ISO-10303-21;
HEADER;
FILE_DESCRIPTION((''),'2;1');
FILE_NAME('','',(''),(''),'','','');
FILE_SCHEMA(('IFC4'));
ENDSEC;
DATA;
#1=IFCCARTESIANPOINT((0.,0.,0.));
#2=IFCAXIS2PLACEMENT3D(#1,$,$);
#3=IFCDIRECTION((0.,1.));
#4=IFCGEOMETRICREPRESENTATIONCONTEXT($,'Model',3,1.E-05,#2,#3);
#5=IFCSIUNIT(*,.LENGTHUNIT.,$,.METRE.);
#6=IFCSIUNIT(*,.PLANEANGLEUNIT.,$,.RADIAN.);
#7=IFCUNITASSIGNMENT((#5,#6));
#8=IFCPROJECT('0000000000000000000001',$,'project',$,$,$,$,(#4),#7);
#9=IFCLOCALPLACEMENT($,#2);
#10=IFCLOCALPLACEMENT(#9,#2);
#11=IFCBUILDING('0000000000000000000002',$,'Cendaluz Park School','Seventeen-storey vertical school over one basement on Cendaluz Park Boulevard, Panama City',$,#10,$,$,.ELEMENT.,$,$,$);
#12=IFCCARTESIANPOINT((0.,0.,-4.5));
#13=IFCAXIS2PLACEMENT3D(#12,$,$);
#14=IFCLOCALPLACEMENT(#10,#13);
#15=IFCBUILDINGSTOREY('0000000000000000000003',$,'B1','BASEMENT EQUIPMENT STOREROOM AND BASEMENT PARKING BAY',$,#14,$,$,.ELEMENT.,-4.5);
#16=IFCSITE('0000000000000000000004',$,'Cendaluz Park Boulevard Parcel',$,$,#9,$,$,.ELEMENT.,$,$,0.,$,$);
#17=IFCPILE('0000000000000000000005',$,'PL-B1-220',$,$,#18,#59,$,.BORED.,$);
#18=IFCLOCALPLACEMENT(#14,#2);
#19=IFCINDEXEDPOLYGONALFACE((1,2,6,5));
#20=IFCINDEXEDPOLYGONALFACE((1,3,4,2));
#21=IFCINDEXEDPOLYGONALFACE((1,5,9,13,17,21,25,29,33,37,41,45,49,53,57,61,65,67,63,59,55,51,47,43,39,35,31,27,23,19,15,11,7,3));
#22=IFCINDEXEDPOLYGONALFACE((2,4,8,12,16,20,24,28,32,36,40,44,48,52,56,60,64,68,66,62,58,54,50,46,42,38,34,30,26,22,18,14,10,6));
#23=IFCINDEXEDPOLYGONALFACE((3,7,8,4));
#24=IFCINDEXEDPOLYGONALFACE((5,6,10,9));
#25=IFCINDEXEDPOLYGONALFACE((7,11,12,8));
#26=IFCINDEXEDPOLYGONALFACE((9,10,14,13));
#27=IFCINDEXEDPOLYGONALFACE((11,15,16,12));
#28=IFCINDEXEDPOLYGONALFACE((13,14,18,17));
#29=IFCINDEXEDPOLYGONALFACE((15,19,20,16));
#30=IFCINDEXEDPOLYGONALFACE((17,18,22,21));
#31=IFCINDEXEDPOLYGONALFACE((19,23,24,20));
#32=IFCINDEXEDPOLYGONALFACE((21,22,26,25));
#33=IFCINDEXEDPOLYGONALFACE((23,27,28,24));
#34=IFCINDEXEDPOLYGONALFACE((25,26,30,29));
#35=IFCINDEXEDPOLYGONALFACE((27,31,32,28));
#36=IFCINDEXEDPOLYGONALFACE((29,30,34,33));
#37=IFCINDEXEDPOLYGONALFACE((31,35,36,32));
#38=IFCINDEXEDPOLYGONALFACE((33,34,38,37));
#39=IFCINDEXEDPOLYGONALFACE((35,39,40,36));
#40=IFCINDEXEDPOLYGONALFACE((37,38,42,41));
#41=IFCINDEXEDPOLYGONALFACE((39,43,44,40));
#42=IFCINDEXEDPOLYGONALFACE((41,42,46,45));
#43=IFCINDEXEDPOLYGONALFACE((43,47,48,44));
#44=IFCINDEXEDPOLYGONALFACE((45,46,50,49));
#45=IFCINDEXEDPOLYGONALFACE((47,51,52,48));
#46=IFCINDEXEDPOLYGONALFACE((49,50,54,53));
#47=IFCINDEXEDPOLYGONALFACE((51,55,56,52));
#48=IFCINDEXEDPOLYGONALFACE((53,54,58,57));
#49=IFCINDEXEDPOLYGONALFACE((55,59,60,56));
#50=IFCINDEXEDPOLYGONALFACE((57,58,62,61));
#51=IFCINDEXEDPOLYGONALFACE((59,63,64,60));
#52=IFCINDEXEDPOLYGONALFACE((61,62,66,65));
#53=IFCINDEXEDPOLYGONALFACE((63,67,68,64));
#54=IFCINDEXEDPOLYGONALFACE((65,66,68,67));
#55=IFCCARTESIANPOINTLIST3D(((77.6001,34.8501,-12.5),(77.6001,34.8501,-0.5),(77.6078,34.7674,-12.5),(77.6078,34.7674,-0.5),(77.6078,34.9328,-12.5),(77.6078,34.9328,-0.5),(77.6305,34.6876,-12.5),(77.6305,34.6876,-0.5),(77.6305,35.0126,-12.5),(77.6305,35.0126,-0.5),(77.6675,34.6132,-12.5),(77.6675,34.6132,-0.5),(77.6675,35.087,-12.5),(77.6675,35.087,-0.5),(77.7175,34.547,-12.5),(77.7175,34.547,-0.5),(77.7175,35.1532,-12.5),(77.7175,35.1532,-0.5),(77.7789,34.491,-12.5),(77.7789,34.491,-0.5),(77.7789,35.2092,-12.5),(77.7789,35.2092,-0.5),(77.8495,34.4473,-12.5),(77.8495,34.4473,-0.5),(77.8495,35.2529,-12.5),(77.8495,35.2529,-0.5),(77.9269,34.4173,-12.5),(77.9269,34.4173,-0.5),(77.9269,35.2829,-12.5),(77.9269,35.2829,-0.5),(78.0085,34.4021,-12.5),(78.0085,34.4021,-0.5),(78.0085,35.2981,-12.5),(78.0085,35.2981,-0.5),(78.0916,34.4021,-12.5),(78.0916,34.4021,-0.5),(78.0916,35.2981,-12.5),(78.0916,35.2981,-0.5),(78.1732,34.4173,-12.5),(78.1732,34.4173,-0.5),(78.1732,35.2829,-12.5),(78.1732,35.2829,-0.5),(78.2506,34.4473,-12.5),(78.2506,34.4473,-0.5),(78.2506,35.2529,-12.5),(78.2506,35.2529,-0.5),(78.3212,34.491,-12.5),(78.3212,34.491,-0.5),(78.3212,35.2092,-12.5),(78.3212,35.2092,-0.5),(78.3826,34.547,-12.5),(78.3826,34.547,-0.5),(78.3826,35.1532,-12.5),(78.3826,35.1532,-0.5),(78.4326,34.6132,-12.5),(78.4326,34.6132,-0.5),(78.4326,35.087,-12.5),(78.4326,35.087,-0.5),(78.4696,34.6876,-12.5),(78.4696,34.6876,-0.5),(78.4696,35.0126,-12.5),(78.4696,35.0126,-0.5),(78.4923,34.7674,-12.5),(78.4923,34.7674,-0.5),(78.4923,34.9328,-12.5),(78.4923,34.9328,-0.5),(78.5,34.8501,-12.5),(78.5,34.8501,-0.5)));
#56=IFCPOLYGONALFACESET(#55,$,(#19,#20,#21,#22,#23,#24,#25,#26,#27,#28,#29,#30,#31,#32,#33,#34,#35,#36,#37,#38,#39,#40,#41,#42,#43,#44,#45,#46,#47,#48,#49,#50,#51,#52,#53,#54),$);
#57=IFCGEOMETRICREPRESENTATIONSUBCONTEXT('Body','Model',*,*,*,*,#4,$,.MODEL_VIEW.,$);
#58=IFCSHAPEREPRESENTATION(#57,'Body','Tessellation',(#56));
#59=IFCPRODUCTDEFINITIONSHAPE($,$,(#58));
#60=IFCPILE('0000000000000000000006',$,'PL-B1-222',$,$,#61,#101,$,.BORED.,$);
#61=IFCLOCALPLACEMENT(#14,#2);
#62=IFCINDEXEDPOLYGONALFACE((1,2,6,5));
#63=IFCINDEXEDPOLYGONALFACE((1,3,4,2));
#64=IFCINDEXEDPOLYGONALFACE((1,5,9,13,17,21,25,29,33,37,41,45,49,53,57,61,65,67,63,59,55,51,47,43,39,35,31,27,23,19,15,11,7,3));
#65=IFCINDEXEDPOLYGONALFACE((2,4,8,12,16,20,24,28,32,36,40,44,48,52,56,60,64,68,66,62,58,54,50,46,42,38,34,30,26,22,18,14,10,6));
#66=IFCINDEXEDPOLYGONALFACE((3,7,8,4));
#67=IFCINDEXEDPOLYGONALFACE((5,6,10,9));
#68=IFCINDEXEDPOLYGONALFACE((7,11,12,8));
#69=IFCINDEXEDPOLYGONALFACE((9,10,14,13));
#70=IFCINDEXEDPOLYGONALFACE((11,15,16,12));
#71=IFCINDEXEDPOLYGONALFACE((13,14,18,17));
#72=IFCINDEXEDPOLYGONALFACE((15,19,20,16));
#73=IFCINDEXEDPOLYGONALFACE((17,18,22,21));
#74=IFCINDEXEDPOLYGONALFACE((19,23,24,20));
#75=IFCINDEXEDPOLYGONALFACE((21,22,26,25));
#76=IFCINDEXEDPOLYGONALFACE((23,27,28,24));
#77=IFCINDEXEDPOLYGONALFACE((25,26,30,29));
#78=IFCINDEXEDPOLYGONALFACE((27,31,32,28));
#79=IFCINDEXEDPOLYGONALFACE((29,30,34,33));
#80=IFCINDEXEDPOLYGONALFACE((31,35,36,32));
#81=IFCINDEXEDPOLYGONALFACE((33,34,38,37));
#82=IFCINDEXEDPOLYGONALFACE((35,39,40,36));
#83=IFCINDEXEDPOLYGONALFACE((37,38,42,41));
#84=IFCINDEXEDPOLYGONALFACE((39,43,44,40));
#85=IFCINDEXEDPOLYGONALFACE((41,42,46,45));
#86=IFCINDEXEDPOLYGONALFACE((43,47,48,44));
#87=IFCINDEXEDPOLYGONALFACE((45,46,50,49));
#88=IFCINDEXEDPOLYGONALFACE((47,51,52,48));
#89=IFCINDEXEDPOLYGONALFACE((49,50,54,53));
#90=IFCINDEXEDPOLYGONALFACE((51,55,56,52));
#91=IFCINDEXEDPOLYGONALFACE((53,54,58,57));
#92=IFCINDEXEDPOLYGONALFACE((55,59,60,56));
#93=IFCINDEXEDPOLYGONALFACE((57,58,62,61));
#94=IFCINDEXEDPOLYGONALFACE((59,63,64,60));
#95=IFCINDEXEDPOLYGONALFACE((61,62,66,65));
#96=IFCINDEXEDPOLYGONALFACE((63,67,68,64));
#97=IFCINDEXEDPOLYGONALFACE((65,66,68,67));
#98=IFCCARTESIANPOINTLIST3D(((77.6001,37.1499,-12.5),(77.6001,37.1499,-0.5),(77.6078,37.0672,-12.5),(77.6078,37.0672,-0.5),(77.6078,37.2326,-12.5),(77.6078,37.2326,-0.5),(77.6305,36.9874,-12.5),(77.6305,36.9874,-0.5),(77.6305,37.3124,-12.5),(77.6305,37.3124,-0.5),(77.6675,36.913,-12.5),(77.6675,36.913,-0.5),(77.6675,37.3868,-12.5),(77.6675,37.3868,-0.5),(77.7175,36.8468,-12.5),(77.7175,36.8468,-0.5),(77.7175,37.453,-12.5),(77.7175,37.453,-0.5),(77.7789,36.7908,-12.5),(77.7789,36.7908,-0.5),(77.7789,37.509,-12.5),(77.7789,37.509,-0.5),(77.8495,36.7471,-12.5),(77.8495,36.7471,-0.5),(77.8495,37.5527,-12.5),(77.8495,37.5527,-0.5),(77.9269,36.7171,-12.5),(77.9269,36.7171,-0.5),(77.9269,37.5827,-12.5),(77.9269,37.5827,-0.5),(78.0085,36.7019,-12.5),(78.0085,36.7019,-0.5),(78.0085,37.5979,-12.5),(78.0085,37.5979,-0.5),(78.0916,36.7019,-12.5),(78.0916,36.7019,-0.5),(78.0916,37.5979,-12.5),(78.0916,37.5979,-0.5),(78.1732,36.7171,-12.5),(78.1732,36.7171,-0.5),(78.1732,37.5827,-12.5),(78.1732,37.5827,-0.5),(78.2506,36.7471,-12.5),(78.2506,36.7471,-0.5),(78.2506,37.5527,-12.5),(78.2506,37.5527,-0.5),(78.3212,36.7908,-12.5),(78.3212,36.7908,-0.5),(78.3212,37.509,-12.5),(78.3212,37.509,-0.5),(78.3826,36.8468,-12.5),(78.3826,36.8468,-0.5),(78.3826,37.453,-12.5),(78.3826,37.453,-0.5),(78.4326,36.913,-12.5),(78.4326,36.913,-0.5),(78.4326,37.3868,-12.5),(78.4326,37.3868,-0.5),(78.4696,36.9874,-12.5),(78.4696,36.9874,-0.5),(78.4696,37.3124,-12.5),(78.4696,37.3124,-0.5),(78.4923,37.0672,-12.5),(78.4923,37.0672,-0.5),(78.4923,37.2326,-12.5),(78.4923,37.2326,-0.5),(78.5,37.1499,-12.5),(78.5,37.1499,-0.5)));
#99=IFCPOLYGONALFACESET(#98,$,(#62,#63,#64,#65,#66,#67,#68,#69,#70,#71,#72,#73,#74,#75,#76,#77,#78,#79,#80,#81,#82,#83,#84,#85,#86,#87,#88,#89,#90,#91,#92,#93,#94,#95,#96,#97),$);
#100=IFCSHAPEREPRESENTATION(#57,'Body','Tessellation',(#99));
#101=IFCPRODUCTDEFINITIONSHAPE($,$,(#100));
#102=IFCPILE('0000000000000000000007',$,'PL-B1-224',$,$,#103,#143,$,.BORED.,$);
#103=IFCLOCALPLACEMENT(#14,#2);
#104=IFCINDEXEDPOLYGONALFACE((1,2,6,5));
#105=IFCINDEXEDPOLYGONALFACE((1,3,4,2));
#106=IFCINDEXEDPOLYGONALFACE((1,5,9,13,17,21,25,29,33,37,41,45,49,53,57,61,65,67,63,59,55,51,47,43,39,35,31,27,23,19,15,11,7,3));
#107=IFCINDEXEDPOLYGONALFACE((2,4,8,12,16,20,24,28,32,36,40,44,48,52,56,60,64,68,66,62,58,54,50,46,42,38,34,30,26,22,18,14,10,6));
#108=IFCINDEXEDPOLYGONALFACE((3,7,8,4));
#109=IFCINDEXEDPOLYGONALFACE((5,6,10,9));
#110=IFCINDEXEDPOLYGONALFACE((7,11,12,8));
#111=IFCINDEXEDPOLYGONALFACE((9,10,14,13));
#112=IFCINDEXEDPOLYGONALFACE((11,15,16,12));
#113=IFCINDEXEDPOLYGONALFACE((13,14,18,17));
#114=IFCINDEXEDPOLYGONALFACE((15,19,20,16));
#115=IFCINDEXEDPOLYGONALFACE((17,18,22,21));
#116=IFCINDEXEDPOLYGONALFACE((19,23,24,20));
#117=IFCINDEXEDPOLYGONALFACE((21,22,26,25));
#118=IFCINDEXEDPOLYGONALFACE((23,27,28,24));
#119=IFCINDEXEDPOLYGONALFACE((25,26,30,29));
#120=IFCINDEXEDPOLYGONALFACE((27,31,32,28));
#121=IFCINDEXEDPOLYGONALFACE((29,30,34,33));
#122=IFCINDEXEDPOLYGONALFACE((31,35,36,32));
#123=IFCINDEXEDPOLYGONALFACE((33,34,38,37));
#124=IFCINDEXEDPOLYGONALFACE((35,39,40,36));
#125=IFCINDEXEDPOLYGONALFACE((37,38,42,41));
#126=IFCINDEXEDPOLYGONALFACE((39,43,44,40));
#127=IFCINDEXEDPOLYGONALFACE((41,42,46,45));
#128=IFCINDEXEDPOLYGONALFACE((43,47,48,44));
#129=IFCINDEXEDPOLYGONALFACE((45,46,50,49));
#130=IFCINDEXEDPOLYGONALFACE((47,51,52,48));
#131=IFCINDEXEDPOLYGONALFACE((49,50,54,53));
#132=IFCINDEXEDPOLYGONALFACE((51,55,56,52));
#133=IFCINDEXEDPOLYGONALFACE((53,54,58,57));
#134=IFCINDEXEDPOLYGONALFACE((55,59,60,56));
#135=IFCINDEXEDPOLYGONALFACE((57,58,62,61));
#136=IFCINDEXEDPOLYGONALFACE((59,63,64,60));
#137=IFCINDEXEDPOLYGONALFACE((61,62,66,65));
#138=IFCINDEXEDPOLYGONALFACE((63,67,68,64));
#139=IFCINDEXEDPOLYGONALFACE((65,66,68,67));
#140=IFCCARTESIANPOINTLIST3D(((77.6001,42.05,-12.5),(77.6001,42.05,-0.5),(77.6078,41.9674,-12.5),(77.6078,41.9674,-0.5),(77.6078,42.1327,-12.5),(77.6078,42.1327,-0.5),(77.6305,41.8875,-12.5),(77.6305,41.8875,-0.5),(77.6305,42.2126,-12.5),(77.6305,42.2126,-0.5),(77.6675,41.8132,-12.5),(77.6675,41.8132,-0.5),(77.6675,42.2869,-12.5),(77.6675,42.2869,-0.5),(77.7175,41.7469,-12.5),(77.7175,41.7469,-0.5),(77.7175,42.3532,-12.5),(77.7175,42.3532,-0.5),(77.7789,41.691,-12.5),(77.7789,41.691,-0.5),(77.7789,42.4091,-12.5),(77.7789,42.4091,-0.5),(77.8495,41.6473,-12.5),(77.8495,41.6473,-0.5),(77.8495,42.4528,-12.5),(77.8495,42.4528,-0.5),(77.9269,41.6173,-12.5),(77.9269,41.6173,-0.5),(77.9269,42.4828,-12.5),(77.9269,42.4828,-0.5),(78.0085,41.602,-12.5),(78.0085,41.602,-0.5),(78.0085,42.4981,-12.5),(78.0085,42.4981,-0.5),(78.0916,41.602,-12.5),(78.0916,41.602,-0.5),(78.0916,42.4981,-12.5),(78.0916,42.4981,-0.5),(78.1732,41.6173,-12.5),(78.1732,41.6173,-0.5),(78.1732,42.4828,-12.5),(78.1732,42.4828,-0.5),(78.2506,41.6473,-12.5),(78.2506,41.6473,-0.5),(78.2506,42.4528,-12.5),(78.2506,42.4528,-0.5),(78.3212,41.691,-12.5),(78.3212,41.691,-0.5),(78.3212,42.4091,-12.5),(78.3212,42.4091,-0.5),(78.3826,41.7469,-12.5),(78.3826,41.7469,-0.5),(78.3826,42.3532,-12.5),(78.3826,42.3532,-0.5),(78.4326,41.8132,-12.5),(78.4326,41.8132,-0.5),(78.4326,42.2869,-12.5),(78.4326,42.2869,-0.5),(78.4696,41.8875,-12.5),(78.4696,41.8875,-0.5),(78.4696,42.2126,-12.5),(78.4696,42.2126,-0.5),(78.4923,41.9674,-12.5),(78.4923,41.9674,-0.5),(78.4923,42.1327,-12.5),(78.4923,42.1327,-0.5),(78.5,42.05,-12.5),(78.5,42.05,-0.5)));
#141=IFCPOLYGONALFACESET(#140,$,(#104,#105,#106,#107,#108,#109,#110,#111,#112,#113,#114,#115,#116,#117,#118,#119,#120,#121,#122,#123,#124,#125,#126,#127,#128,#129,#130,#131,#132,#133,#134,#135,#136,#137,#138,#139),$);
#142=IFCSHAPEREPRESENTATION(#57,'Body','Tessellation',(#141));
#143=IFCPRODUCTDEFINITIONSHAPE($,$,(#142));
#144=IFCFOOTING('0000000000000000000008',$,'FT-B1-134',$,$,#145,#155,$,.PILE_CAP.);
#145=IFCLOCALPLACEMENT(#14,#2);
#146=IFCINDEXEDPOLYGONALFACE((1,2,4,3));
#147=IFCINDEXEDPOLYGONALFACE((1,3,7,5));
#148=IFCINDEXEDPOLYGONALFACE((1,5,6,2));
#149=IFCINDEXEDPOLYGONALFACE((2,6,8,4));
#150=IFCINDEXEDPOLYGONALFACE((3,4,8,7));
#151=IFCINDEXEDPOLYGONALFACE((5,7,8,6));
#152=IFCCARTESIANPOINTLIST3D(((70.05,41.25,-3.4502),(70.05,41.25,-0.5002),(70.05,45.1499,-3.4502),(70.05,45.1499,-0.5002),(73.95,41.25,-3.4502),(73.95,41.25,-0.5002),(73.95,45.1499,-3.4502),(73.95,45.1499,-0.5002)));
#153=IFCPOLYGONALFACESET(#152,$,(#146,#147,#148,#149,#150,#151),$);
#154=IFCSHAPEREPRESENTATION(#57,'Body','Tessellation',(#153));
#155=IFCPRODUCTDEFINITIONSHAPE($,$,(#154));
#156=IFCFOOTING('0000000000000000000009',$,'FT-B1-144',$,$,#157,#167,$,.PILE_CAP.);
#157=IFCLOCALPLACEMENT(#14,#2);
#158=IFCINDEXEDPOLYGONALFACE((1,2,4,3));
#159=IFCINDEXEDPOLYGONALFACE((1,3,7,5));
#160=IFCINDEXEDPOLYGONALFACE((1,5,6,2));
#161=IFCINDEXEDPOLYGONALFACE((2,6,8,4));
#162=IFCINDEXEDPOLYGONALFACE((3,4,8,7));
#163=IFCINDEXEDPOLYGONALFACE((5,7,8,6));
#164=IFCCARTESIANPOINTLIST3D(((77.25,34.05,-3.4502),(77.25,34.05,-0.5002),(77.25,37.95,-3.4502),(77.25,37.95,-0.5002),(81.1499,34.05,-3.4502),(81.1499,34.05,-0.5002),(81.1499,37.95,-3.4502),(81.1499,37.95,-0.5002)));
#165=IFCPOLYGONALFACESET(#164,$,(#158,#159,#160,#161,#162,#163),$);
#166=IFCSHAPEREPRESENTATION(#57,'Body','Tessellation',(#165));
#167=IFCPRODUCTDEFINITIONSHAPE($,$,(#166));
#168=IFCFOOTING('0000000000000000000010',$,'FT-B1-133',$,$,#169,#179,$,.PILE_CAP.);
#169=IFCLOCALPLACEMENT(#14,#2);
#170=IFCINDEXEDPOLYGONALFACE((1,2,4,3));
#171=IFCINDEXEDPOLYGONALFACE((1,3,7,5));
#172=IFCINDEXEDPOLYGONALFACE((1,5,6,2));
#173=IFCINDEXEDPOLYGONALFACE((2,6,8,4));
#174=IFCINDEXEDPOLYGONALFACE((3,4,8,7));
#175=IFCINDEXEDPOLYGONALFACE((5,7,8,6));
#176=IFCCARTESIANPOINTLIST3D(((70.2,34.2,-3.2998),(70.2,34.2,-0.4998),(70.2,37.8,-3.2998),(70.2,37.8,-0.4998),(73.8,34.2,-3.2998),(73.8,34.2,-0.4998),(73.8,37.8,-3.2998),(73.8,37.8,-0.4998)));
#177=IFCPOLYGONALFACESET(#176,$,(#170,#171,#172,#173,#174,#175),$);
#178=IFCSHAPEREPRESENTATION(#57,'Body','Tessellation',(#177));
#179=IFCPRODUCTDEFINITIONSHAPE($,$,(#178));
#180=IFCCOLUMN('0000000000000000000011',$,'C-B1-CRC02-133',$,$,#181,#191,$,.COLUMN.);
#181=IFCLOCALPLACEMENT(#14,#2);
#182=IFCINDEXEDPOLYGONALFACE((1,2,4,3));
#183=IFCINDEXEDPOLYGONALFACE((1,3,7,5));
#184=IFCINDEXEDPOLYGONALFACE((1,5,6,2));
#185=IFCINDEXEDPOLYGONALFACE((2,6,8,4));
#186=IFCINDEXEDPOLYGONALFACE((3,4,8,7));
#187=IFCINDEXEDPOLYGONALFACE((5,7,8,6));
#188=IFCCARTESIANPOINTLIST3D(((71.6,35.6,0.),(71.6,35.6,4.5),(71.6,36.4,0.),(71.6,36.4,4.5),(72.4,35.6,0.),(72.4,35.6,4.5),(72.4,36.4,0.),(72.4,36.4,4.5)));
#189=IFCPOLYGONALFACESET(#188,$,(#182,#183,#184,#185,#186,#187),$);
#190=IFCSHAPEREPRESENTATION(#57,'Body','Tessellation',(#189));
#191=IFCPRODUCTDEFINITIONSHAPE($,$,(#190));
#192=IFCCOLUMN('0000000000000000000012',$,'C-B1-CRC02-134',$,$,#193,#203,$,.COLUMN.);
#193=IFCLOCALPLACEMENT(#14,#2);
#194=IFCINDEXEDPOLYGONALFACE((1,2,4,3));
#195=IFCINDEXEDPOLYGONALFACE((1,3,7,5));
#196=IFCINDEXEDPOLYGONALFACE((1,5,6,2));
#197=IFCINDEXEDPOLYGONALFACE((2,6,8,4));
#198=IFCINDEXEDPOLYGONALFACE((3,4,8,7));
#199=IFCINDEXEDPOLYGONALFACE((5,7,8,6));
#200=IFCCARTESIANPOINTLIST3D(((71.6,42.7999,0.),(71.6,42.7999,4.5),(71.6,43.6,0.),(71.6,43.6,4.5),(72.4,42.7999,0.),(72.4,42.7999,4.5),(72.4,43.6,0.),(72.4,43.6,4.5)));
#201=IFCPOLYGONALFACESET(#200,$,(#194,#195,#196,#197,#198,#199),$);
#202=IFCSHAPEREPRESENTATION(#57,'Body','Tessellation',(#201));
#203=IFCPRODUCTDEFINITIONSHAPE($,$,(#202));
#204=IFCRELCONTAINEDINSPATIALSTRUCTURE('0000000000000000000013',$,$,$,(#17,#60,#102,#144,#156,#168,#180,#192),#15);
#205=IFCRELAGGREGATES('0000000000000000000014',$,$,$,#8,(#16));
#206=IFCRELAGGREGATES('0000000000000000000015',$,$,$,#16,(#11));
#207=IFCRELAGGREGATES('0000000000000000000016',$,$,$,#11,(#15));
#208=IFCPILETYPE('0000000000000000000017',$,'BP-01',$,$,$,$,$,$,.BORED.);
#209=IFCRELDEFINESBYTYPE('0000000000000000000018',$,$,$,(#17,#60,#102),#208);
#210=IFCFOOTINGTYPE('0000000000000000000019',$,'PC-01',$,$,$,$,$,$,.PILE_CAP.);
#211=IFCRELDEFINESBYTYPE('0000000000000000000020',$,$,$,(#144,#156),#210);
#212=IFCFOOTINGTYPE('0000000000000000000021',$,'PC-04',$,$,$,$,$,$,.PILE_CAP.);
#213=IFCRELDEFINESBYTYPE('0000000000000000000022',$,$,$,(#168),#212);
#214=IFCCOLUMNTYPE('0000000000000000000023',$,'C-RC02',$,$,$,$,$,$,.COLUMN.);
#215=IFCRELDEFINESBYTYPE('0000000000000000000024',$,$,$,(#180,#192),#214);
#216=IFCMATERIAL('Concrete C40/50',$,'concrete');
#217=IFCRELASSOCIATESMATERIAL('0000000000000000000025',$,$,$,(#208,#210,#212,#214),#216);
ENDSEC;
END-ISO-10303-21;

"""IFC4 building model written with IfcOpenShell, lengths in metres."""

from ifc_helpers import new_model, si_unit, direction, frame, origin, origin_2d, place, context, subcontext, project, spatial, rectangle, circle, extrude, material, material_profile, profile_set, type_object, element, save


model = new_model("IFC4")

# Units and contexts
model_context = context("Model", 3, precision=1e-05, world=origin(), true_north=direction((0.0, 1.0)))
body_context = subcontext(model_context, "Body", "Model", "MODEL_VIEW")
ifc_project = project(units=[si_unit("LENGTHUNIT", "METRE"), si_unit("PLANEANGLEUNIT", "RADIAN")], contexts=[model_context])

# Site, building, storey
site_placement = place(None, origin())
site = spatial("IfcSite", under=ifc_project, at=site_placement, Name="Cendaluz Park Boulevard Parcel", CompositionType="ELEMENT", RefElevation=0.0)
building_placement = place(site_placement, origin())
building = spatial("IfcBuilding", under=site, at=building_placement, Name="Cendaluz Park School", Description="Seventeen-storey vertical school over one basement on Cendaluz Park Boulevard, Panama City", CompositionType="ELEMENT")
storey_placement = place(building_placement, frame((0.0, 0.0, -4.5)))
storey = spatial("IfcBuildingStorey", under=building, at=storey_placement, Name="B1", Description="BASEMENT EQUIPMENT STOREROOM AND BASEMENT PARKING BAY", CompositionType="ELEMENT", Elevation=-4.5)

# Piles
ifc_material_1 = material(Name="Concrete C40/50", Category="concrete")
ifc_material_profile_1 = material_profile(ifc_material_1, circle(Radius=0.45, at=origin_2d()), Name="BP D900", Category="concrete")
ifc_profile_set_1 = profile_set([ifc_material_profile_1], Name="Concrete C40/50")
pile_type = type_object("IfcPileType", Name="BP-01", PredefinedType="BORED", material=ifc_profile_set_1)
for number, where, z_axis, x_axis, name in (
    (1, (78.05, 34.8501, -0.5), (0.0, 0.0, -1.0), (1.0, 0.0, 0.0), "PL-B1-220"),
    (2, (78.05, 37.1499, -0.5), (0.0, 0.0, -1.0), (1.0, 0.0, 0.0), "PL-B1-222"),
    (3, (78.05, 42.05, -0.5), (0.0, 0.0, -1.0), (1.0, 0.0, 0.0), "PL-B1-224"),
):
    element("IfcPile", number, at=place(storey_placement, frame(where, z_axis=z_axis, x_axis=x_axis)), inside=storey, type_object=pile_type, Name=name, PredefinedType="BORED", context=body_context, shape_type="SweptSolid", body=[
        extrude(circle(Radius=0.45, at=origin_2d()), origin(), (0.0, 0.0, 1.0), 12.0),
    ])

# Footings
footing_type_1 = type_object("IfcFootingType", Name="PC-01", PredefinedType="PILE_CAP", material=ifc_material_1)
for number, where, z_axis, x_axis, name in (
    (4, (72.0, 43.2, -3.4502), (0.0, 0.0, 1.0), (1.0, 0.0, 0.0), "FT-B1-134"),
    (5, (79.2, 36.0, -3.4502), (0.0, 0.0, 1.0), (1.0, 0.0, 0.0), "FT-B1-144"),
):
    element("IfcFooting", number, at=place(storey_placement, frame(where, z_axis=z_axis, x_axis=x_axis)), inside=storey, type_object=footing_type_1, Name=name, PredefinedType="PILE_CAP", context=body_context, shape_type="SweptSolid", body=[
        extrude(rectangle(XDim=3.8999, YDim=3.8999, at=origin_2d()), origin(), (0.0, 0.0, 1.0), 2.95),
    ])
footing_type_2 = type_object("IfcFootingType", Name="PC-04", PredefinedType="PILE_CAP", material=ifc_material_1)
footing_placement = place(storey_placement, frame((72.0, 36.0, -3.2998), z_axis=(0.0, 0.0, 1.0), x_axis=(1.0, 0.0, 0.0)))
element("IfcFooting", 6, at=footing_placement, inside=storey, type_object=footing_type_2, Name="FT-B1-133", PredefinedType="PILE_CAP", context=body_context, shape_type="SweptSolid", body=[
    extrude(rectangle(XDim=3.6001, YDim=3.6001, at=origin_2d()), origin(), (0.0, 0.0, 1.0), 2.8),
])

# Columns
ifc_material_profile_2 = material_profile(ifc_material_1, rectangle(XDim=0.8, YDim=0.8, at=origin_2d()), Name="RC 800x800", Category="concrete")
ifc_profile_set_2 = profile_set([ifc_material_profile_2], Name="Concrete C40/50")
column_type = type_object("IfcColumnType", Name="C-RC02", PredefinedType="COLUMN", material=ifc_profile_set_2)
for number, where, z_axis, x_axis, name in (
    (7, (72.0, 36.0, 0.0), (0.0, 0.0, 1.0), (1.0, 0.0, 0.0), "C-B1-CRC02-133"),
    (8, (72.0, 43.2, 0.0), (0.0, 0.0, 1.0), (1.0, 0.0, 0.0), "C-B1-CRC02-134"),
):
    element("IfcColumn", number, at=place(storey_placement, frame(where, z_axis=z_axis, x_axis=x_axis)), inside=storey, type_object=column_type, Name=name, PredefinedType="COLUMN", context=body_context, shape_type="SweptSolid", body=[
        extrude(rectangle(XDim=0.8, YDim=0.8, at=origin_2d()), origin(), (0.0, 0.0, 1.0), 4.5),
    ])

save(model, "model.ifc")
